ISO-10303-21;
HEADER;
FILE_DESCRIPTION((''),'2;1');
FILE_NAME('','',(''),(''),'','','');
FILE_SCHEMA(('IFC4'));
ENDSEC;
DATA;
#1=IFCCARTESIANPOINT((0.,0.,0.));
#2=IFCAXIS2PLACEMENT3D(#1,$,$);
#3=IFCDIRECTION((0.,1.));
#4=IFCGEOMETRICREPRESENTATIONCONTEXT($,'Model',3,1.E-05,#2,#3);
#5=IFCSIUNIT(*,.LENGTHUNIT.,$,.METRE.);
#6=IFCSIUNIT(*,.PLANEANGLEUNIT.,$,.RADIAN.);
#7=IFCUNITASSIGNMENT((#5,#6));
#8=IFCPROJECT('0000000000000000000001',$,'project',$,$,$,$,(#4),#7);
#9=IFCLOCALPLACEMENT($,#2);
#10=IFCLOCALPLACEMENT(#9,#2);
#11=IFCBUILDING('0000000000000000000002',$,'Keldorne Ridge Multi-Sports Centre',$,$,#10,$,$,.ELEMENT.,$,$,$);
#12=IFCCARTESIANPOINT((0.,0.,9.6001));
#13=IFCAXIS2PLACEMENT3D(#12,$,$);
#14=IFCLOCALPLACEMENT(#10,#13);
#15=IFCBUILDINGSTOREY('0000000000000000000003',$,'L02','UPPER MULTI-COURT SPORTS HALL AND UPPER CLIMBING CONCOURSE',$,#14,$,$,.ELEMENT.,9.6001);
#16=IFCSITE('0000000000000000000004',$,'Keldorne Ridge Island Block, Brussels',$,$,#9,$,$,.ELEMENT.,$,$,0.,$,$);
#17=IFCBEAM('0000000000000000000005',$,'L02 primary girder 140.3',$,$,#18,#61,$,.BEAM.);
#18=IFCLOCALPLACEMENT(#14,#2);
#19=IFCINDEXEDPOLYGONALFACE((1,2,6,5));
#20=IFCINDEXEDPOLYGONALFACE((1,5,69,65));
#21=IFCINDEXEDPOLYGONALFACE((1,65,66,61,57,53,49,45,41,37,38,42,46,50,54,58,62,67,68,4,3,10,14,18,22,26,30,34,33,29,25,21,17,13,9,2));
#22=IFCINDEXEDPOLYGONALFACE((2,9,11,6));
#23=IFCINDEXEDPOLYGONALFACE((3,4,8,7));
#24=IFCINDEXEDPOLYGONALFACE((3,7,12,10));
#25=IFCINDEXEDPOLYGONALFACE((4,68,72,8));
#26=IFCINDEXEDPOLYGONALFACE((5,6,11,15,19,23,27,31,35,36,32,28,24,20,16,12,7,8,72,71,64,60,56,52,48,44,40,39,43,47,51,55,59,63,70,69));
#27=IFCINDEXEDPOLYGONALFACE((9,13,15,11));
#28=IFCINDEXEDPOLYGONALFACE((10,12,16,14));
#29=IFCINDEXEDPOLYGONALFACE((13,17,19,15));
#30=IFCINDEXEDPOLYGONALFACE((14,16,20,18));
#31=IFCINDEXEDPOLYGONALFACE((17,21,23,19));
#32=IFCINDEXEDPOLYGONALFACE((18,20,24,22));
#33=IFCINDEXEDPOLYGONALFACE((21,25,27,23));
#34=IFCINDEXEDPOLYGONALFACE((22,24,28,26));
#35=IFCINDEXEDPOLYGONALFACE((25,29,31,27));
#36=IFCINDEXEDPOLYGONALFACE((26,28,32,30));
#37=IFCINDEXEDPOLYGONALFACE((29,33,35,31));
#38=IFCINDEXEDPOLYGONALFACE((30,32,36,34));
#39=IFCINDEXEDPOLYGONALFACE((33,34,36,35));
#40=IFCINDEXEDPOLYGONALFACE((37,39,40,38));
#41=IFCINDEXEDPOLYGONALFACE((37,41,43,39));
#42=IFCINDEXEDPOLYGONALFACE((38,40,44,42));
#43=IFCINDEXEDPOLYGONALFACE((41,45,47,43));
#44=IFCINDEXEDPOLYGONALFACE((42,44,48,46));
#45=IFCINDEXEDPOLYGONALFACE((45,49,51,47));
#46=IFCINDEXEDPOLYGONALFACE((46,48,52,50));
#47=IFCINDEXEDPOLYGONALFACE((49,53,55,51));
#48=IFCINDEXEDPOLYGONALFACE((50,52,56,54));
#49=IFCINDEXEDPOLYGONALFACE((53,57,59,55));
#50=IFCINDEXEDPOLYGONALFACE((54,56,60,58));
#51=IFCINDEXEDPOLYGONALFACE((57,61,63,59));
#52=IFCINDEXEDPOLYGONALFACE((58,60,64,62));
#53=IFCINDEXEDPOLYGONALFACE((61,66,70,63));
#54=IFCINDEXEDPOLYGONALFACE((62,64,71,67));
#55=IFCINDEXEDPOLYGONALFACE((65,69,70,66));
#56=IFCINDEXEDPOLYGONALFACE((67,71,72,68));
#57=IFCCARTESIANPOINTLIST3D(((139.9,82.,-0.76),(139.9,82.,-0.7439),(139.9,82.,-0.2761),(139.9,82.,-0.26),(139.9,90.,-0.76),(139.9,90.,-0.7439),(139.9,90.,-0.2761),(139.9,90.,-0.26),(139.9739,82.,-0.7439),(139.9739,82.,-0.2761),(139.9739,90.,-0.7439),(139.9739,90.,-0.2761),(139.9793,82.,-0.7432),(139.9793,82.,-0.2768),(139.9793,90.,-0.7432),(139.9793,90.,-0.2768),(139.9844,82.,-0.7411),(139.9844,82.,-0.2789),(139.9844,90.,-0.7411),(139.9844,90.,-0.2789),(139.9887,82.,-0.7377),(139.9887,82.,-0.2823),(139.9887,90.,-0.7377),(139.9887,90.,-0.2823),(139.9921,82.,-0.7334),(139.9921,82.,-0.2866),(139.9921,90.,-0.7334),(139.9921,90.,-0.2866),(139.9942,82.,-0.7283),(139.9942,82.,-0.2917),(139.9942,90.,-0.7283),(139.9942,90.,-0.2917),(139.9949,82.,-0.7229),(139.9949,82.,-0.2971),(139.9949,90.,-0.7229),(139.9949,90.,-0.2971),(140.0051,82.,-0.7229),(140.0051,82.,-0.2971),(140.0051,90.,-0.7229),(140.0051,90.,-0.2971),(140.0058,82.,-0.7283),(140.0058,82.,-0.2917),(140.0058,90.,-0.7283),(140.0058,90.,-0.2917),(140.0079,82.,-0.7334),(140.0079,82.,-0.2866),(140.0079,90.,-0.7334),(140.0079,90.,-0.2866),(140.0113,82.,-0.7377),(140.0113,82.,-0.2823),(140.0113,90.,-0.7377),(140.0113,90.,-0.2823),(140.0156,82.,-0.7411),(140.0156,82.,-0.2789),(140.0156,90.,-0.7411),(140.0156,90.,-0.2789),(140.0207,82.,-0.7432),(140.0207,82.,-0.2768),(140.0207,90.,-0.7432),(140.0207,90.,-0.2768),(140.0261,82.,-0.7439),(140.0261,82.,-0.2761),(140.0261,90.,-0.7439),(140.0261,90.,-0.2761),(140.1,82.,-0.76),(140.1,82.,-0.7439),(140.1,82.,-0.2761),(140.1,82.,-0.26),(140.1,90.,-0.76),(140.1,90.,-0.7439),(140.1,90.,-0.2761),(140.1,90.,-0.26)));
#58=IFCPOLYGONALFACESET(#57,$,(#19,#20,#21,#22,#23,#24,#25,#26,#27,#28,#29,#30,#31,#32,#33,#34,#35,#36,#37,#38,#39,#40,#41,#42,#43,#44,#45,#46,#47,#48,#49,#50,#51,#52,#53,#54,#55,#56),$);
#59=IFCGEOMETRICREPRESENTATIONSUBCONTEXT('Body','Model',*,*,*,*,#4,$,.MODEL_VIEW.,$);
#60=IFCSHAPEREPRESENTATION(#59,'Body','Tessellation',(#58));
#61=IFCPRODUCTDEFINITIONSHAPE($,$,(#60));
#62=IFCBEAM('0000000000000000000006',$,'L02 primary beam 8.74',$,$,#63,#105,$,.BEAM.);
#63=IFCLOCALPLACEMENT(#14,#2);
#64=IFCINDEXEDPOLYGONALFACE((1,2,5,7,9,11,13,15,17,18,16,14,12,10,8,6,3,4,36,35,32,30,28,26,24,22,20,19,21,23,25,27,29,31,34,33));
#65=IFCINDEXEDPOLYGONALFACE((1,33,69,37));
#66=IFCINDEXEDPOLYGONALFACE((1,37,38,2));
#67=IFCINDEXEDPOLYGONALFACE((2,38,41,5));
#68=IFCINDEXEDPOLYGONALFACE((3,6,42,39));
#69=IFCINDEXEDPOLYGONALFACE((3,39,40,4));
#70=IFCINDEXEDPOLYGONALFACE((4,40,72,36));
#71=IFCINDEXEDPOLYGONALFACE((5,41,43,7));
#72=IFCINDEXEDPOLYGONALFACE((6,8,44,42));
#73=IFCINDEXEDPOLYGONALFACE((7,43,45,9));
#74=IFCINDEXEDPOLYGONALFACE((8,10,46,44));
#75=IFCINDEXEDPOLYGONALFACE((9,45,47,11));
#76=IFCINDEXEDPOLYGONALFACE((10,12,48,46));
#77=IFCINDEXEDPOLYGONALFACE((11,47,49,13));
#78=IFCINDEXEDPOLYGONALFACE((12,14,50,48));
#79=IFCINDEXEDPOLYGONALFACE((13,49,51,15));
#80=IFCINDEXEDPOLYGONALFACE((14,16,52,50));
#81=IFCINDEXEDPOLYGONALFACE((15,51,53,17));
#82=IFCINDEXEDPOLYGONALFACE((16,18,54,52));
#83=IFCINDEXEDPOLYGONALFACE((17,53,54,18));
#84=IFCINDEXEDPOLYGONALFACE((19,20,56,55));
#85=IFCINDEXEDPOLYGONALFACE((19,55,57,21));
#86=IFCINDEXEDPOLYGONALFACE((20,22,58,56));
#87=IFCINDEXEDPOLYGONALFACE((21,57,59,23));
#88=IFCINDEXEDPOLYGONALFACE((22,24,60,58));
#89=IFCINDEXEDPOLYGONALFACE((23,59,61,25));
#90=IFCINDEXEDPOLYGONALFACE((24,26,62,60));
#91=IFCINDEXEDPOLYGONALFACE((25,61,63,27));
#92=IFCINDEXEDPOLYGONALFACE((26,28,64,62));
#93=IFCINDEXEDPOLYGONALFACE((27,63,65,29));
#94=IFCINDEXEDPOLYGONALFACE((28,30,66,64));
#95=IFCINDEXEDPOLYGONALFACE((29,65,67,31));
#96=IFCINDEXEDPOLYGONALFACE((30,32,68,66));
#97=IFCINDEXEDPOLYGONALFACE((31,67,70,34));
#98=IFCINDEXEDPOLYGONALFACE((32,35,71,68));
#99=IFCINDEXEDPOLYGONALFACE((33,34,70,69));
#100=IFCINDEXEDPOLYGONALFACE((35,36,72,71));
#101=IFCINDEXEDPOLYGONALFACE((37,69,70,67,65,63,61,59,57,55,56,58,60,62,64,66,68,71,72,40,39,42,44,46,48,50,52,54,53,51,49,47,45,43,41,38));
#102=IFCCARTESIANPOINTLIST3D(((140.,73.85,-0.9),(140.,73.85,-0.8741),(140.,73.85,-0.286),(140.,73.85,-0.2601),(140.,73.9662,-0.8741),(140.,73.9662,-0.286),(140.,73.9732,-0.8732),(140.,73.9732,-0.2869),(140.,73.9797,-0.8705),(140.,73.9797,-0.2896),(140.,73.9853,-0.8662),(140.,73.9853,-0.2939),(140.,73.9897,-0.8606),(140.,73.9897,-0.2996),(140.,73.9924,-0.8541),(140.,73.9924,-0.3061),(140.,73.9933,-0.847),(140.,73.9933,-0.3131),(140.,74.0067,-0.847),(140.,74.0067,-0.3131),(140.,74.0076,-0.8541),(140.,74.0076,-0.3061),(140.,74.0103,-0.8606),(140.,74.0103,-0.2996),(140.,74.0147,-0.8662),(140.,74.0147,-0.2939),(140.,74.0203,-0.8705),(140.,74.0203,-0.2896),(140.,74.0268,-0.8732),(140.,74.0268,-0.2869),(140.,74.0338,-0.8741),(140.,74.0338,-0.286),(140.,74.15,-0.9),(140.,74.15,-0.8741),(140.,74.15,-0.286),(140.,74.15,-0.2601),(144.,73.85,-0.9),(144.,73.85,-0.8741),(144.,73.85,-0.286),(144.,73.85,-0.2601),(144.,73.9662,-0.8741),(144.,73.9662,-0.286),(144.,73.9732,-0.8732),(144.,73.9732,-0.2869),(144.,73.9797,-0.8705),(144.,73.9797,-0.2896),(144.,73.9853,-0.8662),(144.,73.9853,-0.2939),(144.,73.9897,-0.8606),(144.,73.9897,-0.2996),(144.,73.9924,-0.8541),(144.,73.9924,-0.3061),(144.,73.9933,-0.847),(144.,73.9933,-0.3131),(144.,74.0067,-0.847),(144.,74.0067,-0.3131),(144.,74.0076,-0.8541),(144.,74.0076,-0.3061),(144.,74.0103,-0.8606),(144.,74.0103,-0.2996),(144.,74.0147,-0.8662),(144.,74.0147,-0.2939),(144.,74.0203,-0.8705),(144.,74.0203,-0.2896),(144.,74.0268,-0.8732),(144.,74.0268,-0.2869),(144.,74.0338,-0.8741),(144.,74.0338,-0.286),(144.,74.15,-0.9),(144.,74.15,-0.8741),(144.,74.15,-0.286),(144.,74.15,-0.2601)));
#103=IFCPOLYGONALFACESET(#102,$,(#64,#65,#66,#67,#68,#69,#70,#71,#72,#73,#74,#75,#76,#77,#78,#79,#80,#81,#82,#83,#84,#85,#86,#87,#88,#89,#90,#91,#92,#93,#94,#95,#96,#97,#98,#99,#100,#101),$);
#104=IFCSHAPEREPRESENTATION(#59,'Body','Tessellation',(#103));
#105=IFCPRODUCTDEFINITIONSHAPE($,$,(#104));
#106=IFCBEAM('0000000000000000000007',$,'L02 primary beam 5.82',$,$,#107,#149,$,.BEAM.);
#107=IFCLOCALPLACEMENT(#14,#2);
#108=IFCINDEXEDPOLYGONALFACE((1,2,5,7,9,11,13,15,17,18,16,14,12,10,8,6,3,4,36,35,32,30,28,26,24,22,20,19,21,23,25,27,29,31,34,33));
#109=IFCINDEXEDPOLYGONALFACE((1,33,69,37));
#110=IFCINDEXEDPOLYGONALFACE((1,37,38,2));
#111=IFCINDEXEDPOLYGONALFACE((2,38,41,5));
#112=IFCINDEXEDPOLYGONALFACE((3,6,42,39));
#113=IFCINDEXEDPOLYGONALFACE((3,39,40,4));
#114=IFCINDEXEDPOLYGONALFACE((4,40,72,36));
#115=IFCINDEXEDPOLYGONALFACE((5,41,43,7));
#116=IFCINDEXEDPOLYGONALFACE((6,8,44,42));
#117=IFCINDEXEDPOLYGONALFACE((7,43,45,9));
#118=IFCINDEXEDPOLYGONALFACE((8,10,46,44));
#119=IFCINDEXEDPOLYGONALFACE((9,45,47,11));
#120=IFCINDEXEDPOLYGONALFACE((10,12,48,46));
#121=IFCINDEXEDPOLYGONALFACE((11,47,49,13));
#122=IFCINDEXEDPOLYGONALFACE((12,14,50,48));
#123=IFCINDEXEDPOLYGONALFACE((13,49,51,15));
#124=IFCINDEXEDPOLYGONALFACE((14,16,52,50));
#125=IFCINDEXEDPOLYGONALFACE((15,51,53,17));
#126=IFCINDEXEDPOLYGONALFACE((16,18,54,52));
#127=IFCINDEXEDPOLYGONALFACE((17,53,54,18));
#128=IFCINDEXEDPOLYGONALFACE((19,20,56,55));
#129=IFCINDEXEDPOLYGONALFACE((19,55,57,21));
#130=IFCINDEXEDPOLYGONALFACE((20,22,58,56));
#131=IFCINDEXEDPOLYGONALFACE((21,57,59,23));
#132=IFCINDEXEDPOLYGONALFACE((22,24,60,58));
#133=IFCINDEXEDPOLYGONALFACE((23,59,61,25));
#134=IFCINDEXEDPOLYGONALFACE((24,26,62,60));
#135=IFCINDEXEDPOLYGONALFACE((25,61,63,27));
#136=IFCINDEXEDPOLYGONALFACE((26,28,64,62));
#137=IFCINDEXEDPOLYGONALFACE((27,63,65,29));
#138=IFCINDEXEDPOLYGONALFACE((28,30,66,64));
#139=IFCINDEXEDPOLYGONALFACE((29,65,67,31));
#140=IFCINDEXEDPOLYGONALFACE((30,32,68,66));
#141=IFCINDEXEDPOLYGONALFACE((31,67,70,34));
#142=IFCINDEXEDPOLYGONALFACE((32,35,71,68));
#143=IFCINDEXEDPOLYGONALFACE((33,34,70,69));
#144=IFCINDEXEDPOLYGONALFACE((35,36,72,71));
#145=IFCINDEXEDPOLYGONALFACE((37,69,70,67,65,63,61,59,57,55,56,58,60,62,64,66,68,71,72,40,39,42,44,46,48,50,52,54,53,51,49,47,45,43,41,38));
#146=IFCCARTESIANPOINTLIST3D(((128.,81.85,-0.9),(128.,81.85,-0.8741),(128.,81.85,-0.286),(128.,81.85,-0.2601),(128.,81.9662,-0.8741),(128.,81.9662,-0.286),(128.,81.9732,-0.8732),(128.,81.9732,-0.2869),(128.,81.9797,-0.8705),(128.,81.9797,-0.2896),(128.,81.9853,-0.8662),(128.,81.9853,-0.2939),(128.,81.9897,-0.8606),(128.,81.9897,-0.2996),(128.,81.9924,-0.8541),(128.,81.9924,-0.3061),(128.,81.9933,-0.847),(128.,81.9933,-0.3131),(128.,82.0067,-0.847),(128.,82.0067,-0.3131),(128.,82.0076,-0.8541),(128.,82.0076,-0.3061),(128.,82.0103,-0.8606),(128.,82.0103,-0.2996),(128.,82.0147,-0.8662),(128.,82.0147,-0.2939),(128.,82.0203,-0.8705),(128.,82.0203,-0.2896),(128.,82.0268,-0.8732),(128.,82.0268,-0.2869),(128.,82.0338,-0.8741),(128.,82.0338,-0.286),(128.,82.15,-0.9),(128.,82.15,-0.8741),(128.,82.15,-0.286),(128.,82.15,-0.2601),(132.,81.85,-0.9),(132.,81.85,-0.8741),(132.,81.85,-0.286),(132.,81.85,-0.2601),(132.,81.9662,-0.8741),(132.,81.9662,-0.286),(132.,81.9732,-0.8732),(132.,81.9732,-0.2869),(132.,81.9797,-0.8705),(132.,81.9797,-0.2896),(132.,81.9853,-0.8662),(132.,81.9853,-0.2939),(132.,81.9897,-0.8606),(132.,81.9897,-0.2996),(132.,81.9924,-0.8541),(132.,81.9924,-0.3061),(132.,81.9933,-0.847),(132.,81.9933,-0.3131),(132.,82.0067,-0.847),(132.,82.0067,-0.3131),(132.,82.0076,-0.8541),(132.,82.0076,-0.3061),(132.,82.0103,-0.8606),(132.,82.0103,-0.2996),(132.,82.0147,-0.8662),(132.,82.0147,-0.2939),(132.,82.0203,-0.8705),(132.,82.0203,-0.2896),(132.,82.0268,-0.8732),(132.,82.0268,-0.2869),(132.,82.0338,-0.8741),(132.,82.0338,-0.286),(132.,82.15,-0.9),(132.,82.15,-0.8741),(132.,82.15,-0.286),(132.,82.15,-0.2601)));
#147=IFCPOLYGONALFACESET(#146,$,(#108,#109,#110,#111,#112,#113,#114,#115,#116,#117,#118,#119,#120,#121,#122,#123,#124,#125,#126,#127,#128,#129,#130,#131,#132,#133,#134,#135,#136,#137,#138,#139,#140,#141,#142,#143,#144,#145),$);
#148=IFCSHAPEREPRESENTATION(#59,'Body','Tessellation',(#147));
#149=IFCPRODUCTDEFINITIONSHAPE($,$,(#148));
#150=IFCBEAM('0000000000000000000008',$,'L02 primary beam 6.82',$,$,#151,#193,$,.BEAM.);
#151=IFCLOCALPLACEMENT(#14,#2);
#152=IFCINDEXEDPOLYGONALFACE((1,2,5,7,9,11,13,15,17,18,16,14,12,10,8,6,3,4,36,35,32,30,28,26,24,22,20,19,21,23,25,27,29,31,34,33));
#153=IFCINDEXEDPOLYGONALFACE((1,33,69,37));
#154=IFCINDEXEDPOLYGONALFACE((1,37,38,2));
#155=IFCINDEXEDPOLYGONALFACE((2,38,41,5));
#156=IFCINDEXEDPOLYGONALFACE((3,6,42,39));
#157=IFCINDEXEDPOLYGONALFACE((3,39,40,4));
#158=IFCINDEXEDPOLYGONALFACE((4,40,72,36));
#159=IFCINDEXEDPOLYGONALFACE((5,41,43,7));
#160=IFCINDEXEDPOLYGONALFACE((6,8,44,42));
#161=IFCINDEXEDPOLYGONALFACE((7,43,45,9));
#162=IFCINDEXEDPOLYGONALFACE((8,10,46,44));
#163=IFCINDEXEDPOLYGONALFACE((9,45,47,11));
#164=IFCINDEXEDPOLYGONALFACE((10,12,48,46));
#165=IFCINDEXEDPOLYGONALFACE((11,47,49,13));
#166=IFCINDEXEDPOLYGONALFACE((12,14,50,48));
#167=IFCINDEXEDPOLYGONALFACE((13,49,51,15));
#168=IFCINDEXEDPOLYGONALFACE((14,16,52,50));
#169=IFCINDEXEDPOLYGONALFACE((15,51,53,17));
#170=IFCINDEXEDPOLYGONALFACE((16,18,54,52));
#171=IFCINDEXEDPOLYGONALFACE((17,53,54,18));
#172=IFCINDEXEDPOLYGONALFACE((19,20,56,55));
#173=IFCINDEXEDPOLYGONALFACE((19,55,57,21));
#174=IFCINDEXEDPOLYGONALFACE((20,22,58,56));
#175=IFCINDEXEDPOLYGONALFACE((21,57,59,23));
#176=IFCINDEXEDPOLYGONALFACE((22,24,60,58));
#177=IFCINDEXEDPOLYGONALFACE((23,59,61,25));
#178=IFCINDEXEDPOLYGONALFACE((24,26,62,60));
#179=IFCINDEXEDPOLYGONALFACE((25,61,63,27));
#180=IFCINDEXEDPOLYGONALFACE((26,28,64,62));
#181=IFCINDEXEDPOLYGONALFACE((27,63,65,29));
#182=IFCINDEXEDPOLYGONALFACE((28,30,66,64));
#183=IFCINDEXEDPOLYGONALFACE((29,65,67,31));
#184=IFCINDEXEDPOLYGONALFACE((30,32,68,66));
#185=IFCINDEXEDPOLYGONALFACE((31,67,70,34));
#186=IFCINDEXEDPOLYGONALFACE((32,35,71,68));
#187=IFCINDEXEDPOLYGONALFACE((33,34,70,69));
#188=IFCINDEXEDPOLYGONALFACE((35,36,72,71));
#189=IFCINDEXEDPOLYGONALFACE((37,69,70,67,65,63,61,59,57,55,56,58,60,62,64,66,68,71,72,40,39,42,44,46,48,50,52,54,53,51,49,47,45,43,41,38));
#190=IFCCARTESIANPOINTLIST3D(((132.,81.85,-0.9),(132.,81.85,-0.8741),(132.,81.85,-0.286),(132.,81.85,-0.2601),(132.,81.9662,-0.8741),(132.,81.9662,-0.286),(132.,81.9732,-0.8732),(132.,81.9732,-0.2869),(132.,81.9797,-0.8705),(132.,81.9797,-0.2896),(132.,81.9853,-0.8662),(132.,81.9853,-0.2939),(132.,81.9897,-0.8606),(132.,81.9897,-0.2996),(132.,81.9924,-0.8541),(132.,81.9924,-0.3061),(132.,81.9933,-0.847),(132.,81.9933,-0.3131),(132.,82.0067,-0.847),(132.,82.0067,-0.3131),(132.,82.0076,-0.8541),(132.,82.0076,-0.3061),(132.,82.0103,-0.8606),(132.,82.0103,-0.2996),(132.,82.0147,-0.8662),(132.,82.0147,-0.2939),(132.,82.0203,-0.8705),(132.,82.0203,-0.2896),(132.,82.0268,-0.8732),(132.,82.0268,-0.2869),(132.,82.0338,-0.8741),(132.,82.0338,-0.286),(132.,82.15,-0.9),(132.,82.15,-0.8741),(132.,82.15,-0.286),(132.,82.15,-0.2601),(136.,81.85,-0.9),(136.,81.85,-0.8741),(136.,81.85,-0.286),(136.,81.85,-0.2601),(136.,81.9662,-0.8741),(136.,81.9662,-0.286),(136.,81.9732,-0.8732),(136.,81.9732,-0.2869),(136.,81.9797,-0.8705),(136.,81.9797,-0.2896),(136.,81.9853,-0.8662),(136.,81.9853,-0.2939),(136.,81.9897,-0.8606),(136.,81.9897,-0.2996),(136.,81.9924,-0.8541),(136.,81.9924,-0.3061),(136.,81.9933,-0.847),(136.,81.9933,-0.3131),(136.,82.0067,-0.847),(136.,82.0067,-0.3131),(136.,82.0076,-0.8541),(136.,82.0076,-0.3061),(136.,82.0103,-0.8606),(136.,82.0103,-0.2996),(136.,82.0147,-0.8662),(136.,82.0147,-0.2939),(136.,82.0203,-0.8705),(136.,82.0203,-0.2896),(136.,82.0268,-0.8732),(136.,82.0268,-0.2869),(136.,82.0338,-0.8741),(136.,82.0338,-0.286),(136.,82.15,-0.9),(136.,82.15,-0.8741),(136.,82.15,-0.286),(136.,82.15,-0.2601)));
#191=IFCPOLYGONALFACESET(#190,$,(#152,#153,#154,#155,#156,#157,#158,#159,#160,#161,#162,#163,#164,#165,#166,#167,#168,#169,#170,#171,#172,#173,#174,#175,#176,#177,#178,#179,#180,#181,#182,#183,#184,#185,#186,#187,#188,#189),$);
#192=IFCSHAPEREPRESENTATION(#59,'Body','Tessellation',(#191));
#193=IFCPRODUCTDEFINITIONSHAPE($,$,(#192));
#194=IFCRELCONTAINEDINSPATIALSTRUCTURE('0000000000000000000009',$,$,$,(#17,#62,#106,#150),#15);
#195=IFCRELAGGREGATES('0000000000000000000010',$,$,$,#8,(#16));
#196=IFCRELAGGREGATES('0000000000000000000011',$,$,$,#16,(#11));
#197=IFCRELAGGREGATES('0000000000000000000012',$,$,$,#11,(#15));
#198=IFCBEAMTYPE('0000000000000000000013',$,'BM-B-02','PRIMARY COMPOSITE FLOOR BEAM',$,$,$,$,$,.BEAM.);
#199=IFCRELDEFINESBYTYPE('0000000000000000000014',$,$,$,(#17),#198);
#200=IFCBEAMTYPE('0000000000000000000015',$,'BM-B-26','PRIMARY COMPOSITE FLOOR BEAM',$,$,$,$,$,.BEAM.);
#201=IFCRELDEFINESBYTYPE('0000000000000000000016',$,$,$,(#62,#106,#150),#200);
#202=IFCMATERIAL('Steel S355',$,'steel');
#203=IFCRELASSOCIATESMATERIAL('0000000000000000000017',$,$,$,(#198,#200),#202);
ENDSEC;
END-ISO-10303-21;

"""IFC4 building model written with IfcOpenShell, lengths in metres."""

from ifc_helpers import new_model, si_unit, direction, frame, origin, origin_2d, place, context, subcontext, project, spatial, i_section, extrude, material, material_profile, profile_set, type_object, element, save


model = new_model("IFC4")

# Units and contexts
model_context = context("Model", 3, precision=1e-05, world=origin(), true_north=direction((0.0, 1.0)))
body_context = subcontext(model_context, "Body", "Model", "MODEL_VIEW")
ifc_project = project(units=[si_unit("LENGTHUNIT", "METRE"), si_unit("PLANEANGLEUNIT", "RADIAN")], contexts=[model_context])

# Site, building, storey
site_placement = place(None, origin())
site = spatial("IfcSite", under=ifc_project, at=site_placement, Name="Keldorne Ridge Island Block, Brussels", CompositionType="ELEMENT", RefElevation=0.0)
building_placement = place(site_placement, origin())
building = spatial("IfcBuilding", under=site, at=building_placement, Name="Keldorne Ridge Multi-Sports Centre", CompositionType="ELEMENT")
storey_placement = place(building_placement, frame((0.0, 0.0, 9.6001)))
storey = spatial("IfcBuildingStorey", under=building, at=storey_placement, Name="L02", Description="UPPER MULTI-COURT SPORTS HALL AND UPPER CLIMBING CONCOURSE", CompositionType="ELEMENT", Elevation=9.6001)

# Shared definitions
ifc_material = material(Name="Steel S355", Category="steel")

# Beams
ifc_material_profile_1 = material_profile(ifc_material, i_section(OverallWidth=0.2, OverallDepth=0.5, WebThickness=0.0103, FlangeThickness=0.0161, FilletRadius=0.021, at=origin_2d()), Name="IPE 500")
ifc_profile_set_1 = profile_set([ifc_material_profile_1], Name="Steel S355")
beam_type_1 = type_object("IfcBeamType", Name="BM-B-02", Description="PRIMARY COMPOSITE FLOOR BEAM", PredefinedType="BEAM", material=ifc_profile_set_1)
for number, where, z_axis, x_axis, name in (
    (1, (140.0, 82.0, -0.51), (0.0, 1.0, 0.0), (-1.0, 0.0, 0.0), "L02 primary girder 140.3"),
):
    element("IfcBeam", number, at=place(storey_placement, frame(where, z_axis=z_axis, x_axis=x_axis)), inside=storey, type_object=beam_type_1, Name=name, PredefinedType="BEAM", context=body_context, shape_type="SweptSolid", body=[
        extrude(i_section(OverallWidth=0.2, OverallDepth=0.5, WebThickness=0.0103, FlangeThickness=0.0161, FilletRadius=0.021, at=origin_2d()), origin(), (0.0, 0.0, 1.0), 8.0),
    ])
ifc_material_profile_2 = material_profile(ifc_material, i_section(OverallWidth=0.3, OverallDepth=0.6399, WebThickness=0.0134, FlangeThickness=0.0259, FilletRadius=0.0271, at=origin_2d()), Name="HEA 650")
ifc_profile_set_2 = profile_set([ifc_material_profile_2], Name="Steel S355")
beam_type_2 = type_object("IfcBeamType", Name="BM-B-26", Description="PRIMARY COMPOSITE FLOOR BEAM", PredefinedType="BEAM", material=ifc_profile_set_2)
for number, where, z_axis, x_axis, name in (
    (2, (140.0, 74.0, -0.5801), (1.0, 0.0, 0.0), (0.0, 1.0, 0.0), "L02 primary beam 8.74"),
    (3, (128.0, 82.0, -0.5801), (1.0, 0.0, 0.0), (0.0, 1.0, 0.0), "L02 primary beam 5.82"),
    (4, (132.0, 82.0, -0.5801), (1.0, 0.0, 0.0), (0.0, 1.0, 0.0), "L02 primary beam 6.82"),
):
    element("IfcBeam", number, at=place(storey_placement, frame(where, z_axis=z_axis, x_axis=x_axis)), inside=storey, type_object=beam_type_2, Name=name, PredefinedType="BEAM", context=body_context, shape_type="SweptSolid", body=[
        extrude(i_section(OverallWidth=0.3, OverallDepth=0.6399, WebThickness=0.0134, FlangeThickness=0.0259, FilletRadius=0.0271, at=origin_2d()), origin(), (0.0, 0.0, 1.0), 4.0),
    ])

save(model, "model.ifc")
